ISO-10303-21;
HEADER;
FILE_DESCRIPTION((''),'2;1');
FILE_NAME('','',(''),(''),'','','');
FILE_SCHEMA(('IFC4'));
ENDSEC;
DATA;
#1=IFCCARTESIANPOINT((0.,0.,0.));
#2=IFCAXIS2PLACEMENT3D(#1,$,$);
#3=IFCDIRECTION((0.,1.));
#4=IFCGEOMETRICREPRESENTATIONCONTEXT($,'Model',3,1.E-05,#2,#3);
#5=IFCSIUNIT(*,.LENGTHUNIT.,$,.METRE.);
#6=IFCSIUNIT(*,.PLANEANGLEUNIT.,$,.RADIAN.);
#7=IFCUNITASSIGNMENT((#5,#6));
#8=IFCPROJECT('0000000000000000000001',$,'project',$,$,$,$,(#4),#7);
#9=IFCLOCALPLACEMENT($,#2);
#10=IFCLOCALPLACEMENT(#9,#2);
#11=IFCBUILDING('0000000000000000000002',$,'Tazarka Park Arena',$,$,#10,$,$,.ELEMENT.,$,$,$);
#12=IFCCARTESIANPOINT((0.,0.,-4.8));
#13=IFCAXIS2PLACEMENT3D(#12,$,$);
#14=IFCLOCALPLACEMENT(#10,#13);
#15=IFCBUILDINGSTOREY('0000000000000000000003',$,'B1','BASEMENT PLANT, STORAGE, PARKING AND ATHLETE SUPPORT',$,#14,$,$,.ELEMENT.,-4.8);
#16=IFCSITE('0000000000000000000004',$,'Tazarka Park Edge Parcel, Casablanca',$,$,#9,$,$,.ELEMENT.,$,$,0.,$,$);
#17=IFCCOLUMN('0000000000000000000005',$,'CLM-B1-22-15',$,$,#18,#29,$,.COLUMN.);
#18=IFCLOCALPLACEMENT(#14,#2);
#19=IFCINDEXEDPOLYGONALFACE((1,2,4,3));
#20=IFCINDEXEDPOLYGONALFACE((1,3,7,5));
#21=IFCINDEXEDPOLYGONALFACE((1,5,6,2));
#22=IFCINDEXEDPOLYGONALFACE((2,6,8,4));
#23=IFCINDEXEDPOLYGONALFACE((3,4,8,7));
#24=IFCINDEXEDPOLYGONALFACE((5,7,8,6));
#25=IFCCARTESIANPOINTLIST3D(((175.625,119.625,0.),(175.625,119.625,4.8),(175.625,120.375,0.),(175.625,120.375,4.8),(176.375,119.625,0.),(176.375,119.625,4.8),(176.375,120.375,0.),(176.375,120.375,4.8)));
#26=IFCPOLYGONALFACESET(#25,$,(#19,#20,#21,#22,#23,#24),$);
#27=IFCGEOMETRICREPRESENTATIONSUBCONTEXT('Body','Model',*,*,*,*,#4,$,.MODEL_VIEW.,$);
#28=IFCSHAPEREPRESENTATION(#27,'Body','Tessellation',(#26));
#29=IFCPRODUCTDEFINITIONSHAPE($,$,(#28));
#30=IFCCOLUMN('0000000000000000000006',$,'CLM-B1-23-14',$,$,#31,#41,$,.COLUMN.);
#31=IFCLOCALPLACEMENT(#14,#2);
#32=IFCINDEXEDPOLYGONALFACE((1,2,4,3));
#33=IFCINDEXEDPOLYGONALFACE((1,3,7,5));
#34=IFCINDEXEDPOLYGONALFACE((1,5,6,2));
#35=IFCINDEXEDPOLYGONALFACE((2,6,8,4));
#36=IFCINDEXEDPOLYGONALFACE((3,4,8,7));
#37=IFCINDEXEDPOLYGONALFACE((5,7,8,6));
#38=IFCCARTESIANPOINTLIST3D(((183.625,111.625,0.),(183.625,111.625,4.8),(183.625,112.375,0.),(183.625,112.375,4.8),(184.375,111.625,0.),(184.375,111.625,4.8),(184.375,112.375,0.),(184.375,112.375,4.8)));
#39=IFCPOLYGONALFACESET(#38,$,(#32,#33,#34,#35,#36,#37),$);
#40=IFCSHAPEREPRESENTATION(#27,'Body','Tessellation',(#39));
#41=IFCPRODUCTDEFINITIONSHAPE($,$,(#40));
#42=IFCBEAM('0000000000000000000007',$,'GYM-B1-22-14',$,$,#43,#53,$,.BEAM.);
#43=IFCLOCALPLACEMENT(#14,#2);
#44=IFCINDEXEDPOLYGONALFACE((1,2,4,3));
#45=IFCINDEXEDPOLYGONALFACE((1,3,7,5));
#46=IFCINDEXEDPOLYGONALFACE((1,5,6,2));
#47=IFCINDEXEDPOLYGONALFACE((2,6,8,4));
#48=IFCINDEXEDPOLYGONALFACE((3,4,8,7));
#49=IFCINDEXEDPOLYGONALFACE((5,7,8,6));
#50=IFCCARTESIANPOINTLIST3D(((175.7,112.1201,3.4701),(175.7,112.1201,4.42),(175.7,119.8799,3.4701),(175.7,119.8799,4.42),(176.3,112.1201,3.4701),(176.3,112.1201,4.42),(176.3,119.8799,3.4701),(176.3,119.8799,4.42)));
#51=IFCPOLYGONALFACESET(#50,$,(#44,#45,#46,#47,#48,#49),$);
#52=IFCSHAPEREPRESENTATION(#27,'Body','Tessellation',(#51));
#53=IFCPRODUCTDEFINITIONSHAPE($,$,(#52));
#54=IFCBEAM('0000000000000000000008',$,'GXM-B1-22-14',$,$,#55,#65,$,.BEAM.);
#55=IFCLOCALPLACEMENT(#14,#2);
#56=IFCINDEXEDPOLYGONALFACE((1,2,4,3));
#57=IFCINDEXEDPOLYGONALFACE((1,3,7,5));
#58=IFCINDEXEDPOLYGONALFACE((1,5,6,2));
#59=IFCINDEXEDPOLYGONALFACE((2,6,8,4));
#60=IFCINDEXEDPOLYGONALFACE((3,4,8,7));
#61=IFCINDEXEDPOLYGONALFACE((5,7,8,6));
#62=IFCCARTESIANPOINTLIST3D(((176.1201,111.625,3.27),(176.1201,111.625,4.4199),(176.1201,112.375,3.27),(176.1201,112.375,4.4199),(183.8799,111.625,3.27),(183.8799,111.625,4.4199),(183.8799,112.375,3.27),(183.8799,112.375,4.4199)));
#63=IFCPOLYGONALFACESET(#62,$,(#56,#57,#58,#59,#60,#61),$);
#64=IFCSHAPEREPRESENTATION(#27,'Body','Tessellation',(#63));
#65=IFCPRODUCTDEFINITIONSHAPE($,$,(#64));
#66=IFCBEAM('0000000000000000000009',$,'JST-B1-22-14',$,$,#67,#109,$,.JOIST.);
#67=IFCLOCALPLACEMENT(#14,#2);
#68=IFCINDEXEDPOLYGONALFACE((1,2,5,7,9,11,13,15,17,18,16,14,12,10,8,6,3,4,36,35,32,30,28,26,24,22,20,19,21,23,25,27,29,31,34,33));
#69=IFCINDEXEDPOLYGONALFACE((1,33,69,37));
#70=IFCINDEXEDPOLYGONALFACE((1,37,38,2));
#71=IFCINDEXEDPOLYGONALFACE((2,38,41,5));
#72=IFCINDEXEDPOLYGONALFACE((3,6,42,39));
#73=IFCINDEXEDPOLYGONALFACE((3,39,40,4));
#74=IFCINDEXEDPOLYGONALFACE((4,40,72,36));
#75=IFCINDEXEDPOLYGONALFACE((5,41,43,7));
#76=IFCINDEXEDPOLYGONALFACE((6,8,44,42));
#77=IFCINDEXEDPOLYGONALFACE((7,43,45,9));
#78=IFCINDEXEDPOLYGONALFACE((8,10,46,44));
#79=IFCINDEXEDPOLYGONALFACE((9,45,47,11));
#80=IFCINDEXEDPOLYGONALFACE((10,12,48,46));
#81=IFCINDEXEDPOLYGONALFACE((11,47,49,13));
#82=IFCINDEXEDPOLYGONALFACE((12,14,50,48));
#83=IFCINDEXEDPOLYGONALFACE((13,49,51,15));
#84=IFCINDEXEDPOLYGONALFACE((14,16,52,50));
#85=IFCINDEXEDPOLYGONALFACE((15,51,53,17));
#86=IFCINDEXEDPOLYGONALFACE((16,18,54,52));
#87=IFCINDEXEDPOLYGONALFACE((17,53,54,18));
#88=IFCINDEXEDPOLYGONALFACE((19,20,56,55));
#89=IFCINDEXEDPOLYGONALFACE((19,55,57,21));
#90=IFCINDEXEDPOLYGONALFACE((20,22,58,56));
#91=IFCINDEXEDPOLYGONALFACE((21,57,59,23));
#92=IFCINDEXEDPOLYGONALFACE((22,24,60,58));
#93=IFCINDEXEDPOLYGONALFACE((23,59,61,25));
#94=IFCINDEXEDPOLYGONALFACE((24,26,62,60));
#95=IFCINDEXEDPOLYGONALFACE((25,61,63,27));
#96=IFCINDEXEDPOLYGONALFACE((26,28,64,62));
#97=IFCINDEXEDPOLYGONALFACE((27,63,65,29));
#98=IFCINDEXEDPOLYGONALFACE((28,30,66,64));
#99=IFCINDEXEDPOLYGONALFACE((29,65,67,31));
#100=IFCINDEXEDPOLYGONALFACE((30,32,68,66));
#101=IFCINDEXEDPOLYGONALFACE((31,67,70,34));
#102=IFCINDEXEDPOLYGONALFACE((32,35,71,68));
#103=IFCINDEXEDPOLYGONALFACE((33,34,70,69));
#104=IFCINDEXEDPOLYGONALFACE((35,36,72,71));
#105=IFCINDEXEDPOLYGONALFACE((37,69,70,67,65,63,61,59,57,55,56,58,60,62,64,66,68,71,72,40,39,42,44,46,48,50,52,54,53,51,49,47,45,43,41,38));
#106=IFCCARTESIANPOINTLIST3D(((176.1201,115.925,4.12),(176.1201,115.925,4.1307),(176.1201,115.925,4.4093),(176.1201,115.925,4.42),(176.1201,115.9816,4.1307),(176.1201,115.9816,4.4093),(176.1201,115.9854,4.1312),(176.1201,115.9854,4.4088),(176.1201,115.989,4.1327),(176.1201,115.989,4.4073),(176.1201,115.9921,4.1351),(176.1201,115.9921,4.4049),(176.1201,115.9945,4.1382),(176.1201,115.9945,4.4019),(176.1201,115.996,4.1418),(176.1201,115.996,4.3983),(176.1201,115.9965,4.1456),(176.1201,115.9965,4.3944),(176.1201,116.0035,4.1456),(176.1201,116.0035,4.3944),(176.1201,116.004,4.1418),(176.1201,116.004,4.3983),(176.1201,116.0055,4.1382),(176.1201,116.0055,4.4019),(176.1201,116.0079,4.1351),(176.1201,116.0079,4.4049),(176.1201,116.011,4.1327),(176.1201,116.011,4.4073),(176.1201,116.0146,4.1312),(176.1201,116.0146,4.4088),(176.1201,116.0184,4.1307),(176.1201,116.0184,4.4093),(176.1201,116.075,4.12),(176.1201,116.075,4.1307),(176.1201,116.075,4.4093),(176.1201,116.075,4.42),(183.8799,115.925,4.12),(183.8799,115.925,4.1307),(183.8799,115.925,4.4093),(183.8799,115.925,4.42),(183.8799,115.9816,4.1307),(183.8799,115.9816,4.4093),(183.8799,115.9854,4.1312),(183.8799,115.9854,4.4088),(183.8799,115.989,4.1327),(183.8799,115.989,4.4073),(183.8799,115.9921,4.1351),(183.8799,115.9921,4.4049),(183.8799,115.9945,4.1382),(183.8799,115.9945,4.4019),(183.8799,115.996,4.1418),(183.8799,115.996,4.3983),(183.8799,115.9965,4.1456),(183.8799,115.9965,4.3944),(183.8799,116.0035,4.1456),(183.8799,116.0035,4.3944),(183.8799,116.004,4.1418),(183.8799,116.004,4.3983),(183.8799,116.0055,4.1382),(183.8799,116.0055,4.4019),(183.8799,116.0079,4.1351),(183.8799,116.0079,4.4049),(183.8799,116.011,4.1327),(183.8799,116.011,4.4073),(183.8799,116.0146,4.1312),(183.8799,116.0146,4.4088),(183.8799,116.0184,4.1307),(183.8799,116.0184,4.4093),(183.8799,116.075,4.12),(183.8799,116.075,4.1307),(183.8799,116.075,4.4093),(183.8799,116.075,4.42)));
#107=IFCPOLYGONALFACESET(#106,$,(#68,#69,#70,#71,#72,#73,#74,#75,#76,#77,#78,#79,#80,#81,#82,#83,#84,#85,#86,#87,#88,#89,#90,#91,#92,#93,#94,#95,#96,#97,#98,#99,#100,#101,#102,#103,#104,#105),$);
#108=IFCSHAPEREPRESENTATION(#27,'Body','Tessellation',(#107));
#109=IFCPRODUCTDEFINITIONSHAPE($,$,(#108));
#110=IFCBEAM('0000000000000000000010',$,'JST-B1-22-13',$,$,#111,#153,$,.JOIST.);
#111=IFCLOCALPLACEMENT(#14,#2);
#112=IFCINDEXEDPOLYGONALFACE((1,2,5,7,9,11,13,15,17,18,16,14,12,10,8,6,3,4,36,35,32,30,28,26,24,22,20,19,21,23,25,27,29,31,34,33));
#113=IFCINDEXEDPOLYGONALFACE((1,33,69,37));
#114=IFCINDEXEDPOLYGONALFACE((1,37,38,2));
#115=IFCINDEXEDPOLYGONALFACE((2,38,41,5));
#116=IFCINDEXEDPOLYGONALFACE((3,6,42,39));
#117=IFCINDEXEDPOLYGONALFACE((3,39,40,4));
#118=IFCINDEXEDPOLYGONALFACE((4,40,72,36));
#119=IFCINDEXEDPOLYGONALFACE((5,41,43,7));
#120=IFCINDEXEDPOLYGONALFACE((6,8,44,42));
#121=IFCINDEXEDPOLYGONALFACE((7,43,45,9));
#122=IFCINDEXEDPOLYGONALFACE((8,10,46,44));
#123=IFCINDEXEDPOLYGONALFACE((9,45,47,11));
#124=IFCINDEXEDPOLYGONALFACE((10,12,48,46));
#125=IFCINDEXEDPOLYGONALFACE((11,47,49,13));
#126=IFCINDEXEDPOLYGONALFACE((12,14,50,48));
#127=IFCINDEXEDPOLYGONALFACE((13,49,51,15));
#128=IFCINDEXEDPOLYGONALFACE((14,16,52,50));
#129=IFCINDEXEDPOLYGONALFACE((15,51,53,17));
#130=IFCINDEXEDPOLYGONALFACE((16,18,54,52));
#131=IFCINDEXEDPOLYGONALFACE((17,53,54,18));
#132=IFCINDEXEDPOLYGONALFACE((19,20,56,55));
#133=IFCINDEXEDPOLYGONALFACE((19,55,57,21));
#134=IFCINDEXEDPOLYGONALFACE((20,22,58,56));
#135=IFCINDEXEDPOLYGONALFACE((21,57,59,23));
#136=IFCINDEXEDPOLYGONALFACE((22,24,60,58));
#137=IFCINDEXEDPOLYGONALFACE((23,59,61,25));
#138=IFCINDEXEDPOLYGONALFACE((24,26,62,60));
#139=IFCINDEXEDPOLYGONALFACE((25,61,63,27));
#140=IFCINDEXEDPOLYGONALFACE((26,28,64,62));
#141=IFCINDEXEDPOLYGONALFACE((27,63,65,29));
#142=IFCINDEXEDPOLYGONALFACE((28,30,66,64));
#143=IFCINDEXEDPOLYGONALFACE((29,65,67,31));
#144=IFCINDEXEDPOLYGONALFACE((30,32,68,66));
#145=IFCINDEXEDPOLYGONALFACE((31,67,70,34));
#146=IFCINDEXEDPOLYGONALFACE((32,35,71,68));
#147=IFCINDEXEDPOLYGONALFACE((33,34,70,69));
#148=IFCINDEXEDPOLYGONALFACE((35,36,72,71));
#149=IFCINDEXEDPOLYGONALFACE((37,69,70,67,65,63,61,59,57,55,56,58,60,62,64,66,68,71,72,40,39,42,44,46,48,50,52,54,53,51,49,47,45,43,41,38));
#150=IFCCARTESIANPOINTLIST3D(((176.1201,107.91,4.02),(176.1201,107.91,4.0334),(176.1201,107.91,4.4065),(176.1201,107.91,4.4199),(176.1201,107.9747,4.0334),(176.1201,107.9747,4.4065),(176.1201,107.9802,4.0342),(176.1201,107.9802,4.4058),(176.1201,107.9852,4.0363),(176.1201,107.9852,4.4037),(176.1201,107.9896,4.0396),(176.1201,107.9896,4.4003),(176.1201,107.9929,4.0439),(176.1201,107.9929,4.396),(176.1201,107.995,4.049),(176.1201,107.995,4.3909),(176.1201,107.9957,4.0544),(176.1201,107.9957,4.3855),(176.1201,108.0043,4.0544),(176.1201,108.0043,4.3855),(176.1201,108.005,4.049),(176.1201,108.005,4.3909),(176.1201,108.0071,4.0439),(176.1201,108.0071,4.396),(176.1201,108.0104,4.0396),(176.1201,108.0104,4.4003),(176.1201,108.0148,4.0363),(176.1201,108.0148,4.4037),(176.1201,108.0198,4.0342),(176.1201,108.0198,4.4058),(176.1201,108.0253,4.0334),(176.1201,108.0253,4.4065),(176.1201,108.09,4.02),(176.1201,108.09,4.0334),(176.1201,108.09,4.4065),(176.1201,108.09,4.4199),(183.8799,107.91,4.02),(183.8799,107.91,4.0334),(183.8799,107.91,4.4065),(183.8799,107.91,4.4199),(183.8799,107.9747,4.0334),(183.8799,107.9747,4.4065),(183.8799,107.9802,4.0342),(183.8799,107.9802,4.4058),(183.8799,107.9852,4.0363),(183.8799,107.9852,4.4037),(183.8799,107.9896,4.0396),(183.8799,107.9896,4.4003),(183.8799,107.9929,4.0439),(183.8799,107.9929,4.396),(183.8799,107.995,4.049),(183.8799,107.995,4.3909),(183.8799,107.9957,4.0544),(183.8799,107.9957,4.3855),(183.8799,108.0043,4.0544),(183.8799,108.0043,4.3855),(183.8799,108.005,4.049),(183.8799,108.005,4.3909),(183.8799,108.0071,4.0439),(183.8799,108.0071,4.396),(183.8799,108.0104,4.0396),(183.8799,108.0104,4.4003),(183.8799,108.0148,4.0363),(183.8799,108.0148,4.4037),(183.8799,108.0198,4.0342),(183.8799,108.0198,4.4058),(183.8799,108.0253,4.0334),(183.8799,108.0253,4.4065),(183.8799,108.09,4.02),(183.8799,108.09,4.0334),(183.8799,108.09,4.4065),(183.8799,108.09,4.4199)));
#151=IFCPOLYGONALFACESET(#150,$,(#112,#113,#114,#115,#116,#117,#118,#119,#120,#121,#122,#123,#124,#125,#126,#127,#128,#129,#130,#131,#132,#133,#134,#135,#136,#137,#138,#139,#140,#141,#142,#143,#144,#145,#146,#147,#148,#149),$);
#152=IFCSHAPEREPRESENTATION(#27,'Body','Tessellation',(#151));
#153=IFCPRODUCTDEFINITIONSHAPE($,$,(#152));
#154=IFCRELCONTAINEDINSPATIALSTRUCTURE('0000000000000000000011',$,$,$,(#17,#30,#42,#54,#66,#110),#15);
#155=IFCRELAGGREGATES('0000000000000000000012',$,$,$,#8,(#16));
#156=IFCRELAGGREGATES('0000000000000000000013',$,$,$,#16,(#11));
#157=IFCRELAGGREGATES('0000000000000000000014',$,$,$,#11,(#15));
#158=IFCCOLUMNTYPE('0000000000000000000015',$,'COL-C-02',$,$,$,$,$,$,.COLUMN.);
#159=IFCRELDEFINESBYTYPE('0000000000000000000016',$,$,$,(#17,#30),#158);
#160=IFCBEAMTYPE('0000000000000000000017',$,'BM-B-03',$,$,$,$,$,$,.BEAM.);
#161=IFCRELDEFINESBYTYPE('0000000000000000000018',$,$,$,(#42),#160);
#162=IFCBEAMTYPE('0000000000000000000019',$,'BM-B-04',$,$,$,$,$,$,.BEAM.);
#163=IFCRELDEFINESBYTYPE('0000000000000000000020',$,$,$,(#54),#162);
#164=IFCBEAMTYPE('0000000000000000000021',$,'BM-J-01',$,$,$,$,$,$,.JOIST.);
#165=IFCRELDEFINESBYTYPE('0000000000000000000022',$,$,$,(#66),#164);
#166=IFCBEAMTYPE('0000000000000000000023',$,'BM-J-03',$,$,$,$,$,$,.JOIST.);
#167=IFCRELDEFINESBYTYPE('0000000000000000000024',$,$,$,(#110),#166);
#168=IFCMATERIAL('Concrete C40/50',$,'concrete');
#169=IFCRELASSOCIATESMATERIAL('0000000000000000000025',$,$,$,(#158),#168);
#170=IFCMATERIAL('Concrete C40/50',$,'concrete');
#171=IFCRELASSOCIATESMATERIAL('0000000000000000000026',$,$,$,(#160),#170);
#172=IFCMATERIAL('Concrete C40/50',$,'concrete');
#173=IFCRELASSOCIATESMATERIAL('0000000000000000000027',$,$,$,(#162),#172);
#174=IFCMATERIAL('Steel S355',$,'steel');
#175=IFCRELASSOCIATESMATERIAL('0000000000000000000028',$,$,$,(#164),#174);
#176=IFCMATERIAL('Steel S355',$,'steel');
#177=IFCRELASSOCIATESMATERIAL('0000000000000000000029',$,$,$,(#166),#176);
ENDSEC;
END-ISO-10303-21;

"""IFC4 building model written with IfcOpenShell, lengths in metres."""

from ifc_helpers import new_model, si_unit, direction, frame, origin, origin_2d, place, context, subcontext, project, spatial, rectangle, i_section, extrude, material, material_profile, profile_set, type_object, element, save


model = new_model("IFC4")

# Units and contexts
model_context = context("Model", 3, precision=1e-05, world=origin(), true_north=direction((0.0, 1.0)))
body_context = subcontext(model_context, "Body", "Model", "MODEL_VIEW")
ifc_project = project(units=[si_unit("LENGTHUNIT", "METRE"), si_unit("PLANEANGLEUNIT", "RADIAN")], contexts=[model_context])

# Site, building, storey
site_placement = place(None, origin())
site = spatial("IfcSite", under=ifc_project, at=site_placement, Name="Tazarka Park Edge Parcel, Casablanca", CompositionType="ELEMENT", RefElevation=0.0)
building_placement = place(site_placement, origin())
building = spatial("IfcBuilding", under=site, at=building_placement, Name="Tazarka Park Arena", CompositionType="ELEMENT")
storey_placement = place(building_placement, frame((0.0, 0.0, -4.8)))
storey = spatial("IfcBuildingStorey", under=building, at=storey_placement, Name="B1", Description="BASEMENT PLANT, STORAGE, PARKING AND ATHLETE SUPPORT", CompositionType="ELEMENT", Elevation=-4.8)

# Columns
ifc_material_1 = material(Name="Concrete C40/50", Category="concrete")
ifc_material_profile_1 = material_profile(ifc_material_1, rectangle(XDim=0.75, YDim=0.75, at=origin_2d()), Name="Concrete C40/50")
ifc_profile_set_1 = profile_set([ifc_material_profile_1], Name="Concrete C40/50")
column_type = type_object("IfcColumnType", Name="COL-C-02", PredefinedType="COLUMN", material=ifc_profile_set_1)
for number, where, z_axis, x_axis, name in (
    (1, (176.0, 120.0, 0.0), (0.0, 0.0, 1.0), (1.0, 0.0, 0.0), "CLM-B1-22-15"),
    (2, (184.0, 112.0, 0.0), (0.0, 0.0, 1.0), (1.0, 0.0, 0.0), "CLM-B1-23-14"),
):
    element("IfcColumn", number, at=place(storey_placement, frame(where, z_axis=z_axis, x_axis=x_axis)), inside=storey, type_object=column_type, Name=name, PredefinedType="COLUMN", context=body_context, shape_type="SweptSolid", body=[
        extrude(rectangle(XDim=0.75, YDim=0.75, at=origin_2d()), origin(), (0.0, 0.0, 1.0), 4.8),
    ])

# Beams
ifc_material_2 = material(Name="Concrete C40/50", Category="concrete")
ifc_material_profile_2 = material_profile(ifc_material_2, rectangle(XDim=0.6001, YDim=0.95, at=origin_2d()), Name="Concrete C40/50")
ifc_profile_set_2 = profile_set([ifc_material_profile_2], Name="Concrete C40/50")
beam_type_1 = type_object("IfcBeamType", Name="BM-B-03", PredefinedType="BEAM", material=ifc_profile_set_2)
beam_1_placement = place(storey_placement, frame((176.0, 112.1201, 3.9451), z_axis=(0.0, 1.0, 0.0), x_axis=(-1.0, 0.0, 0.0)))
element("IfcBeam", 3, at=beam_1_placement, inside=storey, type_object=beam_type_1, Name="GYM-B1-22-14", PredefinedType="BEAM", context=body_context, shape_type="SweptSolid", body=[
    extrude(rectangle(XDim=0.6001, YDim=0.95, at=origin_2d()), origin(), (0.0, 0.0, 1.0), 7.7598),
])
ifc_material_3 = material(Name="Concrete C40/50", Category="concrete")
ifc_material_profile_3 = material_profile(ifc_material_3, rectangle(XDim=0.75, YDim=1.1499, at=origin_2d()), Name="Concrete C40/50")
ifc_profile_set_3 = profile_set([ifc_material_profile_3], Name="Concrete C40/50")
beam_type_2 = type_object("IfcBeamType", Name="BM-B-04", PredefinedType="BEAM", material=ifc_profile_set_3)
beam_2_placement = place(storey_placement, frame((176.1201, 112.0, 3.845), z_axis=(1.0, 0.0, 0.0), x_axis=(0.0, 1.0, 0.0)))
element("IfcBeam", 4, at=beam_2_placement, inside=storey, type_object=beam_type_2, Name="GXM-B1-22-14", PredefinedType="BEAM", context=body_context, shape_type="SweptSolid", body=[
    extrude(rectangle(XDim=0.75, YDim=1.1499, at=origin_2d()), origin(), (0.0, 0.0, 1.0), 7.7598),
])
ifc_material_4 = material(Name="Steel S355", Category="steel")
ifc_material_profile_4 = material_profile(ifc_material_4, i_section(OverallWidth=0.1499, OverallDepth=0.3, WebThickness=0.0071, FlangeThickness=0.0107, FilletRadius=0.0149, at=origin_2d()), Name="Steel S355")
ifc_profile_set_4 = profile_set([ifc_material_profile_4], Name="Steel S355")
beam_type_3 = type_object("IfcBeamType", Name="BM-J-01", PredefinedType="JOIST", material=ifc_profile_set_4)
beam_3_placement = place(storey_placement, frame((176.1201, 116.0, 4.27), z_axis=(1.0, 0.0, 0.0), x_axis=(0.0, 1.0, 0.0)))
element("IfcBeam", 5, at=beam_3_placement, inside=storey, type_object=beam_type_3, Name="JST-B1-22-14", PredefinedType="JOIST", context=body_context, shape_type="SweptSolid", body=[
    extrude(i_section(OverallWidth=0.1499, OverallDepth=0.3, WebThickness=0.0071, FlangeThickness=0.0107, FilletRadius=0.0149, at=origin_2d()), origin(), (0.0, 0.0, 1.0), 7.7598),
])
ifc_material_5 = material(Name="Steel S355", Category="steel")
ifc_material_profile_5 = material_profile(ifc_material_5, i_section(OverallWidth=0.1799, OverallDepth=0.3999, WebThickness=0.0085, FlangeThickness=0.0134, FilletRadius=0.021, at=origin_2d()), Name="Steel S355")
ifc_profile_set_5 = profile_set([ifc_material_profile_5], Name="Steel S355")
beam_type_4 = type_object("IfcBeamType", Name="BM-J-03", PredefinedType="JOIST", material=ifc_profile_set_5)
beam_4_placement = place(storey_placement, frame((176.1201, 108.0, 4.22), z_axis=(1.0, 0.0, 0.0), x_axis=(0.0, 1.0, 0.0)))
element("IfcBeam", 6, at=beam_4_placement, inside=storey, type_object=beam_type_4, Name="JST-B1-22-13", PredefinedType="JOIST", context=body_context, shape_type="SweptSolid", body=[
    extrude(i_section(OverallWidth=0.1799, OverallDepth=0.3999, WebThickness=0.0085, FlangeThickness=0.0134, FilletRadius=0.021, at=origin_2d()), origin(), (0.0, 0.0, 1.0), 7.7598),
])

save(model, "model.ifc")
